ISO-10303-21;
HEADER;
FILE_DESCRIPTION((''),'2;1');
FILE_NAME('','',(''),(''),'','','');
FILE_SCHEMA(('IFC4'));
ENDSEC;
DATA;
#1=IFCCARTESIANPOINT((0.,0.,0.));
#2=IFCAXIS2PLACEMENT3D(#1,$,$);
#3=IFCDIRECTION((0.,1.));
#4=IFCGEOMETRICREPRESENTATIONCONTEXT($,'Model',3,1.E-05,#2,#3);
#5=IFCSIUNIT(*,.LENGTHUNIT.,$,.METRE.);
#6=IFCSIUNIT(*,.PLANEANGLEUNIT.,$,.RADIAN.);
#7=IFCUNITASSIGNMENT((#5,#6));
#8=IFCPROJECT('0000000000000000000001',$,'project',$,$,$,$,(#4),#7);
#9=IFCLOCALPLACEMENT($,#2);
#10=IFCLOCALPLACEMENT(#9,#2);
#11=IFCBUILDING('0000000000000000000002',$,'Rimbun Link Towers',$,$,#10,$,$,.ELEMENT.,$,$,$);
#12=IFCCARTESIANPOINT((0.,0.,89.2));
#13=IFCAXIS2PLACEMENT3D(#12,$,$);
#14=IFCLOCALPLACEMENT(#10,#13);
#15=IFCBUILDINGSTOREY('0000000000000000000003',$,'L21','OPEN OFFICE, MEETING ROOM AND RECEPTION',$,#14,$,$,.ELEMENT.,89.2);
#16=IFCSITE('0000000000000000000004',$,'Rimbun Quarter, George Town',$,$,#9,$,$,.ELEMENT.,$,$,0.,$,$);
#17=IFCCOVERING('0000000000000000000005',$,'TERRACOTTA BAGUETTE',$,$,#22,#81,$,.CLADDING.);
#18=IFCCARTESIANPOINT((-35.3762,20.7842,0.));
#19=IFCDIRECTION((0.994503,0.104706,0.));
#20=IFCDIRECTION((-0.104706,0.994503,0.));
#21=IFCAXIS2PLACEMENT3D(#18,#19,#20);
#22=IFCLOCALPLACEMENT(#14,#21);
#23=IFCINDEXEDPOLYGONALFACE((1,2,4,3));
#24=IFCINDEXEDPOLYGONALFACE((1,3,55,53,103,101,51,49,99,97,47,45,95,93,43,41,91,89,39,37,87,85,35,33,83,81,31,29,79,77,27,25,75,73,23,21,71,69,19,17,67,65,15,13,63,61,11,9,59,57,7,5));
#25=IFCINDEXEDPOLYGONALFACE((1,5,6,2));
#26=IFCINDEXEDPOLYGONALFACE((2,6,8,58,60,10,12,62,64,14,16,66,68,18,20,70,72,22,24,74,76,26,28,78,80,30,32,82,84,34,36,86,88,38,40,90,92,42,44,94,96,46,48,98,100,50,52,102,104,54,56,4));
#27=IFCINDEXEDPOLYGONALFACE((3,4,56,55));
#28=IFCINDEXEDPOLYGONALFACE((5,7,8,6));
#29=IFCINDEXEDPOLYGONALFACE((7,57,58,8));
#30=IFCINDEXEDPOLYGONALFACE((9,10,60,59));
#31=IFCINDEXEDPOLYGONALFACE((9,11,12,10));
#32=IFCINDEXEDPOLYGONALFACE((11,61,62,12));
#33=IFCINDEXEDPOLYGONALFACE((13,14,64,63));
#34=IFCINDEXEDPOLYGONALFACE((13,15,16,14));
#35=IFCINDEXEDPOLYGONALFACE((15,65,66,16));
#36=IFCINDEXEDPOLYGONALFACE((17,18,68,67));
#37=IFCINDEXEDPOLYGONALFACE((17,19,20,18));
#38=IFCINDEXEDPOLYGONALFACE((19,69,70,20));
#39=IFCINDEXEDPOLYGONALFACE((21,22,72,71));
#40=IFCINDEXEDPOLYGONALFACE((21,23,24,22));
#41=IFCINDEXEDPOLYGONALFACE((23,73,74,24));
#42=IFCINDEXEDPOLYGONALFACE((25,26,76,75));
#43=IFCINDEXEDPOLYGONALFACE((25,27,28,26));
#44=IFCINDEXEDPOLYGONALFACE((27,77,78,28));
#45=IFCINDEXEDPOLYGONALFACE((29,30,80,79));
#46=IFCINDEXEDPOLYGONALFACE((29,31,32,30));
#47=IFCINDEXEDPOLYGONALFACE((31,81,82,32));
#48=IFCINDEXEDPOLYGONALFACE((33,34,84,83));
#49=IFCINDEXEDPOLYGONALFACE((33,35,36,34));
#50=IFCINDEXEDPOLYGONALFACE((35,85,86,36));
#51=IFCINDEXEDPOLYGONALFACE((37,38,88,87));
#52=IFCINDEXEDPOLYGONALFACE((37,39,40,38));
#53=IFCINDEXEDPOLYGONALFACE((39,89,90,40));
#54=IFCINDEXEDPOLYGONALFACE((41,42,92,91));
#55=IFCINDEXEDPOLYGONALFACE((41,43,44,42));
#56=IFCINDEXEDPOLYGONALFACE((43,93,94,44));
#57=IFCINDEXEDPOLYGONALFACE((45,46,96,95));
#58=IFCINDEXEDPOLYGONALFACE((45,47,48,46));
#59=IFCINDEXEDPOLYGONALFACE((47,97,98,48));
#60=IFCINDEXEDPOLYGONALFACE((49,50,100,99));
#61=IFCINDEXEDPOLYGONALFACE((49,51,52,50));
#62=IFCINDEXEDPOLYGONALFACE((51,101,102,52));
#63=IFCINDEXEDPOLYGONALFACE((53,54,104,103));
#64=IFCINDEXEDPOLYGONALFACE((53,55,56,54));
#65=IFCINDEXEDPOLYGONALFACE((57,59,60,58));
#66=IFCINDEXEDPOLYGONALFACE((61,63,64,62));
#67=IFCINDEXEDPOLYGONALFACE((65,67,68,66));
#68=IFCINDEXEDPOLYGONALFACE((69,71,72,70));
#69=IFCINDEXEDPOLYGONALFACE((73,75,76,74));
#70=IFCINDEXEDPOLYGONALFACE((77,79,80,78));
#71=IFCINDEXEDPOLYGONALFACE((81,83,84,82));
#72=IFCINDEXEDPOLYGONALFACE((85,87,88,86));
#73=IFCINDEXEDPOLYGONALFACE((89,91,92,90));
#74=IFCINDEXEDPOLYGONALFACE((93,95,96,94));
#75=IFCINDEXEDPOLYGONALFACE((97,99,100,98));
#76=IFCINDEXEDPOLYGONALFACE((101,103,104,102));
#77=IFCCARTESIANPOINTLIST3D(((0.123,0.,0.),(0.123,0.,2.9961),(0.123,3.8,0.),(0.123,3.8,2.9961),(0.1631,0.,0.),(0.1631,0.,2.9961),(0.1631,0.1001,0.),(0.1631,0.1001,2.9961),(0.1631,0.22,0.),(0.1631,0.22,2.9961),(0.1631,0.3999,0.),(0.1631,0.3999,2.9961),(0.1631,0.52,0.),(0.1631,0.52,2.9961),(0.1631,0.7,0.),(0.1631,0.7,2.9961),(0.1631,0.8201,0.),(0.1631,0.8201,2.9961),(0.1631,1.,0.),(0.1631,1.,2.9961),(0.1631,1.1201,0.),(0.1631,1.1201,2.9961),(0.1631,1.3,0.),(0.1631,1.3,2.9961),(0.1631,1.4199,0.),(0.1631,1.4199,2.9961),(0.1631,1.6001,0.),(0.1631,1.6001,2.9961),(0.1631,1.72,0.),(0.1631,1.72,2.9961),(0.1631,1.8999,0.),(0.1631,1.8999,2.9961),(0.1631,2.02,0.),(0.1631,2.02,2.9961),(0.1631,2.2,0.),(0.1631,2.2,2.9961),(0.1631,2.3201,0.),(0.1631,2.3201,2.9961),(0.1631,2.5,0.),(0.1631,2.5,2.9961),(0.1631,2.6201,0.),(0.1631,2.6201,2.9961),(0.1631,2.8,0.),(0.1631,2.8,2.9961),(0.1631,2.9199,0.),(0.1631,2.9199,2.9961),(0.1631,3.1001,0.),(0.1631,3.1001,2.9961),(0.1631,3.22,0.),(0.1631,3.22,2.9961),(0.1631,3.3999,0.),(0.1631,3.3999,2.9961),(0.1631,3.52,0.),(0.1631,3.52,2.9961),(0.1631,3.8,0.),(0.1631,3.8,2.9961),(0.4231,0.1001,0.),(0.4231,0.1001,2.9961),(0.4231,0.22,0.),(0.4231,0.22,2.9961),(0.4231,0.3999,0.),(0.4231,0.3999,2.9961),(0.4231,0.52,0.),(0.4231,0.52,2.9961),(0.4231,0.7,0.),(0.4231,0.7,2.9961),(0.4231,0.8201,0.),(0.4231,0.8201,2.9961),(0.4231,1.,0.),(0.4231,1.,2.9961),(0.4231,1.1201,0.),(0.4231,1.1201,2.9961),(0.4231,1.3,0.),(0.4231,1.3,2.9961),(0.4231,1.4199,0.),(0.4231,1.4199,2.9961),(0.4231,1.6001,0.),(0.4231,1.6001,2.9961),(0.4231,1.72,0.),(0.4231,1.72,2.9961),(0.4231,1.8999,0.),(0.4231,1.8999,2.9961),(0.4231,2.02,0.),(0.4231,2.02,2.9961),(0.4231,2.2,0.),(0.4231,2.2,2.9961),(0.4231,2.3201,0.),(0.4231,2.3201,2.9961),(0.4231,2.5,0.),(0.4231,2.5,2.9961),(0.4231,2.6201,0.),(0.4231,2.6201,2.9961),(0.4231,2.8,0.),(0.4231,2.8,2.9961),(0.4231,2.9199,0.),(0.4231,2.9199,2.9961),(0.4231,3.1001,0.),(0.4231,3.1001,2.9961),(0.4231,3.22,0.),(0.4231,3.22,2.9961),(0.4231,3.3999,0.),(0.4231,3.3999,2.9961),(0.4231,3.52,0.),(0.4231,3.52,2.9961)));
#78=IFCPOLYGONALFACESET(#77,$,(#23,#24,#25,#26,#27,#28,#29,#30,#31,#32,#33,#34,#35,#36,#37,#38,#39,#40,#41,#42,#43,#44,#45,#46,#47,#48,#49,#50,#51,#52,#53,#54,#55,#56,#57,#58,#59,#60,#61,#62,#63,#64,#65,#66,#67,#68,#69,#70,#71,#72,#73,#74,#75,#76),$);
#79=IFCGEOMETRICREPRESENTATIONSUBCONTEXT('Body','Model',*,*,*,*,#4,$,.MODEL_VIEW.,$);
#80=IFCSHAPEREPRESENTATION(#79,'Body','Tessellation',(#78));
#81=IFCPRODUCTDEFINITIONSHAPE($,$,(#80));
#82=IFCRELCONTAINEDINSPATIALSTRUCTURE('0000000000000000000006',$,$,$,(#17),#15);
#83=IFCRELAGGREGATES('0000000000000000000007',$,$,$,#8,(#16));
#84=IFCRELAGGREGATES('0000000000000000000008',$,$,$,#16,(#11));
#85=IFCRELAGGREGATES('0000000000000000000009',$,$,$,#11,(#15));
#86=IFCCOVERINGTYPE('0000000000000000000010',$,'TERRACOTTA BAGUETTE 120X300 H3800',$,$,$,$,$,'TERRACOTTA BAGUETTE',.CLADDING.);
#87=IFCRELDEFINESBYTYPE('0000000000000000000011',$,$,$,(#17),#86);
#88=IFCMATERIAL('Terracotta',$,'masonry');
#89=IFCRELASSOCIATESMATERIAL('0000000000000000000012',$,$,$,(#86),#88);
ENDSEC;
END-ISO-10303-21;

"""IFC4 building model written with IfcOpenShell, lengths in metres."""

from ifc_helpers import new_model, si_unit, direction, frame, origin, place, context, subcontext, project, spatial, polyline, outline, extrude, material, material_profile, profile_set, type_object, element, save


model = new_model("IFC4")

# Units and contexts
model_context = context("Model", 3, precision=1e-05, world=origin(), true_north=direction((0.0, 1.0)))
body_context = subcontext(model_context, "Body", "Model", "MODEL_VIEW")
ifc_project = project(units=[si_unit("LENGTHUNIT", "METRE"), si_unit("PLANEANGLEUNIT", "RADIAN")], contexts=[model_context])

# Site, building, storey
site_placement = place(None, origin())
site = spatial("IfcSite", under=ifc_project, at=site_placement, Name="Rimbun Quarter, George Town", CompositionType="ELEMENT", RefElevation=0.0)
building_placement = place(site_placement, origin())
building = spatial("IfcBuilding", under=site, at=building_placement, Name="Rimbun Link Towers", CompositionType="ELEMENT")
storey_placement = place(building_placement, frame((0.0, 0.0, 89.2)))
storey = spatial("IfcBuildingStorey", under=building, at=storey_placement, Name="L21", Description="OPEN OFFICE, MEETING ROOM AND RECEPTION", CompositionType="ELEMENT", Elevation=89.2)

# Covering
ifc_material_1 = material(Name="Terracotta", Category="masonry")
ifc_material_profile_1 = material_profile(ifc_material_1, outline(polyline([(0.123, 0.0), (0.1631, 0.0), (0.1631, 0.1001), (0.4231, 0.1001), (0.4231, 0.22), (0.1631, 0.22), (0.1631, 0.3999), (0.4231, 0.3999), (0.4231, 0.52), (0.1631, 0.52), (0.1631, 0.7), (0.4231, 0.7), (0.4231, 0.8201), (0.1631, 0.8201), (0.1631, 1.0), (0.4231, 1.0), (0.4231, 1.1201), (0.1631, 1.1201), (0.1631, 1.3), (0.4231, 1.3), (0.4231, 1.4199), (0.1631, 1.4199), (0.1631, 1.6001), (0.4231, 1.6001), (0.4231, 1.72), (0.1631, 1.72), (0.1631, 1.8999), (0.4231, 1.8999), (0.4231, 2.02), (0.1631, 2.02), (0.1631, 2.2), (0.4231, 2.2), (0.4231, 2.3201), (0.1631, 2.3201), (0.1631, 2.5), (0.4231, 2.5), (0.4231, 2.6201), (0.1631, 2.6201), (0.1631, 2.8), (0.4231, 2.8), (0.4231, 2.9199), (0.1631, 2.9199), (0.1631, 3.1001), (0.4231, 3.1001), (0.4231, 3.22), (0.1631, 3.22), (0.1631, 3.3999), (0.4231, 3.3999), (0.4231, 3.52), (0.1631, 3.52), (0.1631, 3.8), (0.123, 3.8), (0.123, 0.0)])), Name="BAGUETTE 120X300")
ifc_profile_set_1 = profile_set([ifc_material_profile_1], Name="Terracotta")
covering_type = type_object("IfcCoveringType", Name="TERRACOTTA BAGUETTE 120X300 H3800", ElementType="TERRACOTTA BAGUETTE", PredefinedType="CLADDING", material=ifc_profile_set_1)
covering_1_placement = place(storey_placement, frame((-35.3762, 20.7842, 0.0), z_axis=(0.994503, 0.104706, 0.0), x_axis=(-0.104706, 0.994503, 0.0)))
element("IfcCovering", 1, at=covering_1_placement, inside=storey, type_object=covering_type, Name="TERRACOTTA BAGUETTE", PredefinedType="CLADDING", context=body_context, shape_type="SweptSolid", body=[
    extrude(outline(polyline([(0.123, 0.0), (0.1631, 0.0), (0.1631, 0.1001), (0.4231, 0.1001), (0.4231, 0.22), (0.1631, 0.22), (0.1631, 0.3999), (0.4231, 0.3999), (0.4231, 0.52), (0.1631, 0.52), (0.1631, 0.7), (0.4231, 0.7), (0.4231, 0.8201), (0.1631, 0.8201), (0.1631, 1.0), (0.4231, 1.0), (0.4231, 1.1201), (0.1631, 1.1201), (0.1631, 1.3), (0.4231, 1.3), (0.4231, 1.4199), (0.1631, 1.4199), (0.1631, 1.6001), (0.4231, 1.6001), (0.4231, 1.72), (0.1631, 1.72), (0.1631, 1.8999), (0.4231, 1.8999), (0.4231, 2.02), (0.1631, 2.02), (0.1631, 2.2), (0.4231, 2.2), (0.4231, 2.3201), (0.1631, 2.3201), (0.1631, 2.5), (0.4231, 2.5), (0.4231, 2.6201), (0.1631, 2.6201), (0.1631, 2.8), (0.4231, 2.8), (0.4231, 2.9199), (0.1631, 2.9199), (0.1631, 3.1001), (0.4231, 3.1001), (0.4231, 3.22), (0.1631, 3.22), (0.1631, 3.3999), (0.4231, 3.3999), (0.4231, 3.52), (0.1631, 3.52), (0.1631, 3.8), (0.123, 3.8), (0.123, 0.0)])), origin(), (0.0, 0.0, 1.0), 2.9961),
])

save(model, "model.ifc")
